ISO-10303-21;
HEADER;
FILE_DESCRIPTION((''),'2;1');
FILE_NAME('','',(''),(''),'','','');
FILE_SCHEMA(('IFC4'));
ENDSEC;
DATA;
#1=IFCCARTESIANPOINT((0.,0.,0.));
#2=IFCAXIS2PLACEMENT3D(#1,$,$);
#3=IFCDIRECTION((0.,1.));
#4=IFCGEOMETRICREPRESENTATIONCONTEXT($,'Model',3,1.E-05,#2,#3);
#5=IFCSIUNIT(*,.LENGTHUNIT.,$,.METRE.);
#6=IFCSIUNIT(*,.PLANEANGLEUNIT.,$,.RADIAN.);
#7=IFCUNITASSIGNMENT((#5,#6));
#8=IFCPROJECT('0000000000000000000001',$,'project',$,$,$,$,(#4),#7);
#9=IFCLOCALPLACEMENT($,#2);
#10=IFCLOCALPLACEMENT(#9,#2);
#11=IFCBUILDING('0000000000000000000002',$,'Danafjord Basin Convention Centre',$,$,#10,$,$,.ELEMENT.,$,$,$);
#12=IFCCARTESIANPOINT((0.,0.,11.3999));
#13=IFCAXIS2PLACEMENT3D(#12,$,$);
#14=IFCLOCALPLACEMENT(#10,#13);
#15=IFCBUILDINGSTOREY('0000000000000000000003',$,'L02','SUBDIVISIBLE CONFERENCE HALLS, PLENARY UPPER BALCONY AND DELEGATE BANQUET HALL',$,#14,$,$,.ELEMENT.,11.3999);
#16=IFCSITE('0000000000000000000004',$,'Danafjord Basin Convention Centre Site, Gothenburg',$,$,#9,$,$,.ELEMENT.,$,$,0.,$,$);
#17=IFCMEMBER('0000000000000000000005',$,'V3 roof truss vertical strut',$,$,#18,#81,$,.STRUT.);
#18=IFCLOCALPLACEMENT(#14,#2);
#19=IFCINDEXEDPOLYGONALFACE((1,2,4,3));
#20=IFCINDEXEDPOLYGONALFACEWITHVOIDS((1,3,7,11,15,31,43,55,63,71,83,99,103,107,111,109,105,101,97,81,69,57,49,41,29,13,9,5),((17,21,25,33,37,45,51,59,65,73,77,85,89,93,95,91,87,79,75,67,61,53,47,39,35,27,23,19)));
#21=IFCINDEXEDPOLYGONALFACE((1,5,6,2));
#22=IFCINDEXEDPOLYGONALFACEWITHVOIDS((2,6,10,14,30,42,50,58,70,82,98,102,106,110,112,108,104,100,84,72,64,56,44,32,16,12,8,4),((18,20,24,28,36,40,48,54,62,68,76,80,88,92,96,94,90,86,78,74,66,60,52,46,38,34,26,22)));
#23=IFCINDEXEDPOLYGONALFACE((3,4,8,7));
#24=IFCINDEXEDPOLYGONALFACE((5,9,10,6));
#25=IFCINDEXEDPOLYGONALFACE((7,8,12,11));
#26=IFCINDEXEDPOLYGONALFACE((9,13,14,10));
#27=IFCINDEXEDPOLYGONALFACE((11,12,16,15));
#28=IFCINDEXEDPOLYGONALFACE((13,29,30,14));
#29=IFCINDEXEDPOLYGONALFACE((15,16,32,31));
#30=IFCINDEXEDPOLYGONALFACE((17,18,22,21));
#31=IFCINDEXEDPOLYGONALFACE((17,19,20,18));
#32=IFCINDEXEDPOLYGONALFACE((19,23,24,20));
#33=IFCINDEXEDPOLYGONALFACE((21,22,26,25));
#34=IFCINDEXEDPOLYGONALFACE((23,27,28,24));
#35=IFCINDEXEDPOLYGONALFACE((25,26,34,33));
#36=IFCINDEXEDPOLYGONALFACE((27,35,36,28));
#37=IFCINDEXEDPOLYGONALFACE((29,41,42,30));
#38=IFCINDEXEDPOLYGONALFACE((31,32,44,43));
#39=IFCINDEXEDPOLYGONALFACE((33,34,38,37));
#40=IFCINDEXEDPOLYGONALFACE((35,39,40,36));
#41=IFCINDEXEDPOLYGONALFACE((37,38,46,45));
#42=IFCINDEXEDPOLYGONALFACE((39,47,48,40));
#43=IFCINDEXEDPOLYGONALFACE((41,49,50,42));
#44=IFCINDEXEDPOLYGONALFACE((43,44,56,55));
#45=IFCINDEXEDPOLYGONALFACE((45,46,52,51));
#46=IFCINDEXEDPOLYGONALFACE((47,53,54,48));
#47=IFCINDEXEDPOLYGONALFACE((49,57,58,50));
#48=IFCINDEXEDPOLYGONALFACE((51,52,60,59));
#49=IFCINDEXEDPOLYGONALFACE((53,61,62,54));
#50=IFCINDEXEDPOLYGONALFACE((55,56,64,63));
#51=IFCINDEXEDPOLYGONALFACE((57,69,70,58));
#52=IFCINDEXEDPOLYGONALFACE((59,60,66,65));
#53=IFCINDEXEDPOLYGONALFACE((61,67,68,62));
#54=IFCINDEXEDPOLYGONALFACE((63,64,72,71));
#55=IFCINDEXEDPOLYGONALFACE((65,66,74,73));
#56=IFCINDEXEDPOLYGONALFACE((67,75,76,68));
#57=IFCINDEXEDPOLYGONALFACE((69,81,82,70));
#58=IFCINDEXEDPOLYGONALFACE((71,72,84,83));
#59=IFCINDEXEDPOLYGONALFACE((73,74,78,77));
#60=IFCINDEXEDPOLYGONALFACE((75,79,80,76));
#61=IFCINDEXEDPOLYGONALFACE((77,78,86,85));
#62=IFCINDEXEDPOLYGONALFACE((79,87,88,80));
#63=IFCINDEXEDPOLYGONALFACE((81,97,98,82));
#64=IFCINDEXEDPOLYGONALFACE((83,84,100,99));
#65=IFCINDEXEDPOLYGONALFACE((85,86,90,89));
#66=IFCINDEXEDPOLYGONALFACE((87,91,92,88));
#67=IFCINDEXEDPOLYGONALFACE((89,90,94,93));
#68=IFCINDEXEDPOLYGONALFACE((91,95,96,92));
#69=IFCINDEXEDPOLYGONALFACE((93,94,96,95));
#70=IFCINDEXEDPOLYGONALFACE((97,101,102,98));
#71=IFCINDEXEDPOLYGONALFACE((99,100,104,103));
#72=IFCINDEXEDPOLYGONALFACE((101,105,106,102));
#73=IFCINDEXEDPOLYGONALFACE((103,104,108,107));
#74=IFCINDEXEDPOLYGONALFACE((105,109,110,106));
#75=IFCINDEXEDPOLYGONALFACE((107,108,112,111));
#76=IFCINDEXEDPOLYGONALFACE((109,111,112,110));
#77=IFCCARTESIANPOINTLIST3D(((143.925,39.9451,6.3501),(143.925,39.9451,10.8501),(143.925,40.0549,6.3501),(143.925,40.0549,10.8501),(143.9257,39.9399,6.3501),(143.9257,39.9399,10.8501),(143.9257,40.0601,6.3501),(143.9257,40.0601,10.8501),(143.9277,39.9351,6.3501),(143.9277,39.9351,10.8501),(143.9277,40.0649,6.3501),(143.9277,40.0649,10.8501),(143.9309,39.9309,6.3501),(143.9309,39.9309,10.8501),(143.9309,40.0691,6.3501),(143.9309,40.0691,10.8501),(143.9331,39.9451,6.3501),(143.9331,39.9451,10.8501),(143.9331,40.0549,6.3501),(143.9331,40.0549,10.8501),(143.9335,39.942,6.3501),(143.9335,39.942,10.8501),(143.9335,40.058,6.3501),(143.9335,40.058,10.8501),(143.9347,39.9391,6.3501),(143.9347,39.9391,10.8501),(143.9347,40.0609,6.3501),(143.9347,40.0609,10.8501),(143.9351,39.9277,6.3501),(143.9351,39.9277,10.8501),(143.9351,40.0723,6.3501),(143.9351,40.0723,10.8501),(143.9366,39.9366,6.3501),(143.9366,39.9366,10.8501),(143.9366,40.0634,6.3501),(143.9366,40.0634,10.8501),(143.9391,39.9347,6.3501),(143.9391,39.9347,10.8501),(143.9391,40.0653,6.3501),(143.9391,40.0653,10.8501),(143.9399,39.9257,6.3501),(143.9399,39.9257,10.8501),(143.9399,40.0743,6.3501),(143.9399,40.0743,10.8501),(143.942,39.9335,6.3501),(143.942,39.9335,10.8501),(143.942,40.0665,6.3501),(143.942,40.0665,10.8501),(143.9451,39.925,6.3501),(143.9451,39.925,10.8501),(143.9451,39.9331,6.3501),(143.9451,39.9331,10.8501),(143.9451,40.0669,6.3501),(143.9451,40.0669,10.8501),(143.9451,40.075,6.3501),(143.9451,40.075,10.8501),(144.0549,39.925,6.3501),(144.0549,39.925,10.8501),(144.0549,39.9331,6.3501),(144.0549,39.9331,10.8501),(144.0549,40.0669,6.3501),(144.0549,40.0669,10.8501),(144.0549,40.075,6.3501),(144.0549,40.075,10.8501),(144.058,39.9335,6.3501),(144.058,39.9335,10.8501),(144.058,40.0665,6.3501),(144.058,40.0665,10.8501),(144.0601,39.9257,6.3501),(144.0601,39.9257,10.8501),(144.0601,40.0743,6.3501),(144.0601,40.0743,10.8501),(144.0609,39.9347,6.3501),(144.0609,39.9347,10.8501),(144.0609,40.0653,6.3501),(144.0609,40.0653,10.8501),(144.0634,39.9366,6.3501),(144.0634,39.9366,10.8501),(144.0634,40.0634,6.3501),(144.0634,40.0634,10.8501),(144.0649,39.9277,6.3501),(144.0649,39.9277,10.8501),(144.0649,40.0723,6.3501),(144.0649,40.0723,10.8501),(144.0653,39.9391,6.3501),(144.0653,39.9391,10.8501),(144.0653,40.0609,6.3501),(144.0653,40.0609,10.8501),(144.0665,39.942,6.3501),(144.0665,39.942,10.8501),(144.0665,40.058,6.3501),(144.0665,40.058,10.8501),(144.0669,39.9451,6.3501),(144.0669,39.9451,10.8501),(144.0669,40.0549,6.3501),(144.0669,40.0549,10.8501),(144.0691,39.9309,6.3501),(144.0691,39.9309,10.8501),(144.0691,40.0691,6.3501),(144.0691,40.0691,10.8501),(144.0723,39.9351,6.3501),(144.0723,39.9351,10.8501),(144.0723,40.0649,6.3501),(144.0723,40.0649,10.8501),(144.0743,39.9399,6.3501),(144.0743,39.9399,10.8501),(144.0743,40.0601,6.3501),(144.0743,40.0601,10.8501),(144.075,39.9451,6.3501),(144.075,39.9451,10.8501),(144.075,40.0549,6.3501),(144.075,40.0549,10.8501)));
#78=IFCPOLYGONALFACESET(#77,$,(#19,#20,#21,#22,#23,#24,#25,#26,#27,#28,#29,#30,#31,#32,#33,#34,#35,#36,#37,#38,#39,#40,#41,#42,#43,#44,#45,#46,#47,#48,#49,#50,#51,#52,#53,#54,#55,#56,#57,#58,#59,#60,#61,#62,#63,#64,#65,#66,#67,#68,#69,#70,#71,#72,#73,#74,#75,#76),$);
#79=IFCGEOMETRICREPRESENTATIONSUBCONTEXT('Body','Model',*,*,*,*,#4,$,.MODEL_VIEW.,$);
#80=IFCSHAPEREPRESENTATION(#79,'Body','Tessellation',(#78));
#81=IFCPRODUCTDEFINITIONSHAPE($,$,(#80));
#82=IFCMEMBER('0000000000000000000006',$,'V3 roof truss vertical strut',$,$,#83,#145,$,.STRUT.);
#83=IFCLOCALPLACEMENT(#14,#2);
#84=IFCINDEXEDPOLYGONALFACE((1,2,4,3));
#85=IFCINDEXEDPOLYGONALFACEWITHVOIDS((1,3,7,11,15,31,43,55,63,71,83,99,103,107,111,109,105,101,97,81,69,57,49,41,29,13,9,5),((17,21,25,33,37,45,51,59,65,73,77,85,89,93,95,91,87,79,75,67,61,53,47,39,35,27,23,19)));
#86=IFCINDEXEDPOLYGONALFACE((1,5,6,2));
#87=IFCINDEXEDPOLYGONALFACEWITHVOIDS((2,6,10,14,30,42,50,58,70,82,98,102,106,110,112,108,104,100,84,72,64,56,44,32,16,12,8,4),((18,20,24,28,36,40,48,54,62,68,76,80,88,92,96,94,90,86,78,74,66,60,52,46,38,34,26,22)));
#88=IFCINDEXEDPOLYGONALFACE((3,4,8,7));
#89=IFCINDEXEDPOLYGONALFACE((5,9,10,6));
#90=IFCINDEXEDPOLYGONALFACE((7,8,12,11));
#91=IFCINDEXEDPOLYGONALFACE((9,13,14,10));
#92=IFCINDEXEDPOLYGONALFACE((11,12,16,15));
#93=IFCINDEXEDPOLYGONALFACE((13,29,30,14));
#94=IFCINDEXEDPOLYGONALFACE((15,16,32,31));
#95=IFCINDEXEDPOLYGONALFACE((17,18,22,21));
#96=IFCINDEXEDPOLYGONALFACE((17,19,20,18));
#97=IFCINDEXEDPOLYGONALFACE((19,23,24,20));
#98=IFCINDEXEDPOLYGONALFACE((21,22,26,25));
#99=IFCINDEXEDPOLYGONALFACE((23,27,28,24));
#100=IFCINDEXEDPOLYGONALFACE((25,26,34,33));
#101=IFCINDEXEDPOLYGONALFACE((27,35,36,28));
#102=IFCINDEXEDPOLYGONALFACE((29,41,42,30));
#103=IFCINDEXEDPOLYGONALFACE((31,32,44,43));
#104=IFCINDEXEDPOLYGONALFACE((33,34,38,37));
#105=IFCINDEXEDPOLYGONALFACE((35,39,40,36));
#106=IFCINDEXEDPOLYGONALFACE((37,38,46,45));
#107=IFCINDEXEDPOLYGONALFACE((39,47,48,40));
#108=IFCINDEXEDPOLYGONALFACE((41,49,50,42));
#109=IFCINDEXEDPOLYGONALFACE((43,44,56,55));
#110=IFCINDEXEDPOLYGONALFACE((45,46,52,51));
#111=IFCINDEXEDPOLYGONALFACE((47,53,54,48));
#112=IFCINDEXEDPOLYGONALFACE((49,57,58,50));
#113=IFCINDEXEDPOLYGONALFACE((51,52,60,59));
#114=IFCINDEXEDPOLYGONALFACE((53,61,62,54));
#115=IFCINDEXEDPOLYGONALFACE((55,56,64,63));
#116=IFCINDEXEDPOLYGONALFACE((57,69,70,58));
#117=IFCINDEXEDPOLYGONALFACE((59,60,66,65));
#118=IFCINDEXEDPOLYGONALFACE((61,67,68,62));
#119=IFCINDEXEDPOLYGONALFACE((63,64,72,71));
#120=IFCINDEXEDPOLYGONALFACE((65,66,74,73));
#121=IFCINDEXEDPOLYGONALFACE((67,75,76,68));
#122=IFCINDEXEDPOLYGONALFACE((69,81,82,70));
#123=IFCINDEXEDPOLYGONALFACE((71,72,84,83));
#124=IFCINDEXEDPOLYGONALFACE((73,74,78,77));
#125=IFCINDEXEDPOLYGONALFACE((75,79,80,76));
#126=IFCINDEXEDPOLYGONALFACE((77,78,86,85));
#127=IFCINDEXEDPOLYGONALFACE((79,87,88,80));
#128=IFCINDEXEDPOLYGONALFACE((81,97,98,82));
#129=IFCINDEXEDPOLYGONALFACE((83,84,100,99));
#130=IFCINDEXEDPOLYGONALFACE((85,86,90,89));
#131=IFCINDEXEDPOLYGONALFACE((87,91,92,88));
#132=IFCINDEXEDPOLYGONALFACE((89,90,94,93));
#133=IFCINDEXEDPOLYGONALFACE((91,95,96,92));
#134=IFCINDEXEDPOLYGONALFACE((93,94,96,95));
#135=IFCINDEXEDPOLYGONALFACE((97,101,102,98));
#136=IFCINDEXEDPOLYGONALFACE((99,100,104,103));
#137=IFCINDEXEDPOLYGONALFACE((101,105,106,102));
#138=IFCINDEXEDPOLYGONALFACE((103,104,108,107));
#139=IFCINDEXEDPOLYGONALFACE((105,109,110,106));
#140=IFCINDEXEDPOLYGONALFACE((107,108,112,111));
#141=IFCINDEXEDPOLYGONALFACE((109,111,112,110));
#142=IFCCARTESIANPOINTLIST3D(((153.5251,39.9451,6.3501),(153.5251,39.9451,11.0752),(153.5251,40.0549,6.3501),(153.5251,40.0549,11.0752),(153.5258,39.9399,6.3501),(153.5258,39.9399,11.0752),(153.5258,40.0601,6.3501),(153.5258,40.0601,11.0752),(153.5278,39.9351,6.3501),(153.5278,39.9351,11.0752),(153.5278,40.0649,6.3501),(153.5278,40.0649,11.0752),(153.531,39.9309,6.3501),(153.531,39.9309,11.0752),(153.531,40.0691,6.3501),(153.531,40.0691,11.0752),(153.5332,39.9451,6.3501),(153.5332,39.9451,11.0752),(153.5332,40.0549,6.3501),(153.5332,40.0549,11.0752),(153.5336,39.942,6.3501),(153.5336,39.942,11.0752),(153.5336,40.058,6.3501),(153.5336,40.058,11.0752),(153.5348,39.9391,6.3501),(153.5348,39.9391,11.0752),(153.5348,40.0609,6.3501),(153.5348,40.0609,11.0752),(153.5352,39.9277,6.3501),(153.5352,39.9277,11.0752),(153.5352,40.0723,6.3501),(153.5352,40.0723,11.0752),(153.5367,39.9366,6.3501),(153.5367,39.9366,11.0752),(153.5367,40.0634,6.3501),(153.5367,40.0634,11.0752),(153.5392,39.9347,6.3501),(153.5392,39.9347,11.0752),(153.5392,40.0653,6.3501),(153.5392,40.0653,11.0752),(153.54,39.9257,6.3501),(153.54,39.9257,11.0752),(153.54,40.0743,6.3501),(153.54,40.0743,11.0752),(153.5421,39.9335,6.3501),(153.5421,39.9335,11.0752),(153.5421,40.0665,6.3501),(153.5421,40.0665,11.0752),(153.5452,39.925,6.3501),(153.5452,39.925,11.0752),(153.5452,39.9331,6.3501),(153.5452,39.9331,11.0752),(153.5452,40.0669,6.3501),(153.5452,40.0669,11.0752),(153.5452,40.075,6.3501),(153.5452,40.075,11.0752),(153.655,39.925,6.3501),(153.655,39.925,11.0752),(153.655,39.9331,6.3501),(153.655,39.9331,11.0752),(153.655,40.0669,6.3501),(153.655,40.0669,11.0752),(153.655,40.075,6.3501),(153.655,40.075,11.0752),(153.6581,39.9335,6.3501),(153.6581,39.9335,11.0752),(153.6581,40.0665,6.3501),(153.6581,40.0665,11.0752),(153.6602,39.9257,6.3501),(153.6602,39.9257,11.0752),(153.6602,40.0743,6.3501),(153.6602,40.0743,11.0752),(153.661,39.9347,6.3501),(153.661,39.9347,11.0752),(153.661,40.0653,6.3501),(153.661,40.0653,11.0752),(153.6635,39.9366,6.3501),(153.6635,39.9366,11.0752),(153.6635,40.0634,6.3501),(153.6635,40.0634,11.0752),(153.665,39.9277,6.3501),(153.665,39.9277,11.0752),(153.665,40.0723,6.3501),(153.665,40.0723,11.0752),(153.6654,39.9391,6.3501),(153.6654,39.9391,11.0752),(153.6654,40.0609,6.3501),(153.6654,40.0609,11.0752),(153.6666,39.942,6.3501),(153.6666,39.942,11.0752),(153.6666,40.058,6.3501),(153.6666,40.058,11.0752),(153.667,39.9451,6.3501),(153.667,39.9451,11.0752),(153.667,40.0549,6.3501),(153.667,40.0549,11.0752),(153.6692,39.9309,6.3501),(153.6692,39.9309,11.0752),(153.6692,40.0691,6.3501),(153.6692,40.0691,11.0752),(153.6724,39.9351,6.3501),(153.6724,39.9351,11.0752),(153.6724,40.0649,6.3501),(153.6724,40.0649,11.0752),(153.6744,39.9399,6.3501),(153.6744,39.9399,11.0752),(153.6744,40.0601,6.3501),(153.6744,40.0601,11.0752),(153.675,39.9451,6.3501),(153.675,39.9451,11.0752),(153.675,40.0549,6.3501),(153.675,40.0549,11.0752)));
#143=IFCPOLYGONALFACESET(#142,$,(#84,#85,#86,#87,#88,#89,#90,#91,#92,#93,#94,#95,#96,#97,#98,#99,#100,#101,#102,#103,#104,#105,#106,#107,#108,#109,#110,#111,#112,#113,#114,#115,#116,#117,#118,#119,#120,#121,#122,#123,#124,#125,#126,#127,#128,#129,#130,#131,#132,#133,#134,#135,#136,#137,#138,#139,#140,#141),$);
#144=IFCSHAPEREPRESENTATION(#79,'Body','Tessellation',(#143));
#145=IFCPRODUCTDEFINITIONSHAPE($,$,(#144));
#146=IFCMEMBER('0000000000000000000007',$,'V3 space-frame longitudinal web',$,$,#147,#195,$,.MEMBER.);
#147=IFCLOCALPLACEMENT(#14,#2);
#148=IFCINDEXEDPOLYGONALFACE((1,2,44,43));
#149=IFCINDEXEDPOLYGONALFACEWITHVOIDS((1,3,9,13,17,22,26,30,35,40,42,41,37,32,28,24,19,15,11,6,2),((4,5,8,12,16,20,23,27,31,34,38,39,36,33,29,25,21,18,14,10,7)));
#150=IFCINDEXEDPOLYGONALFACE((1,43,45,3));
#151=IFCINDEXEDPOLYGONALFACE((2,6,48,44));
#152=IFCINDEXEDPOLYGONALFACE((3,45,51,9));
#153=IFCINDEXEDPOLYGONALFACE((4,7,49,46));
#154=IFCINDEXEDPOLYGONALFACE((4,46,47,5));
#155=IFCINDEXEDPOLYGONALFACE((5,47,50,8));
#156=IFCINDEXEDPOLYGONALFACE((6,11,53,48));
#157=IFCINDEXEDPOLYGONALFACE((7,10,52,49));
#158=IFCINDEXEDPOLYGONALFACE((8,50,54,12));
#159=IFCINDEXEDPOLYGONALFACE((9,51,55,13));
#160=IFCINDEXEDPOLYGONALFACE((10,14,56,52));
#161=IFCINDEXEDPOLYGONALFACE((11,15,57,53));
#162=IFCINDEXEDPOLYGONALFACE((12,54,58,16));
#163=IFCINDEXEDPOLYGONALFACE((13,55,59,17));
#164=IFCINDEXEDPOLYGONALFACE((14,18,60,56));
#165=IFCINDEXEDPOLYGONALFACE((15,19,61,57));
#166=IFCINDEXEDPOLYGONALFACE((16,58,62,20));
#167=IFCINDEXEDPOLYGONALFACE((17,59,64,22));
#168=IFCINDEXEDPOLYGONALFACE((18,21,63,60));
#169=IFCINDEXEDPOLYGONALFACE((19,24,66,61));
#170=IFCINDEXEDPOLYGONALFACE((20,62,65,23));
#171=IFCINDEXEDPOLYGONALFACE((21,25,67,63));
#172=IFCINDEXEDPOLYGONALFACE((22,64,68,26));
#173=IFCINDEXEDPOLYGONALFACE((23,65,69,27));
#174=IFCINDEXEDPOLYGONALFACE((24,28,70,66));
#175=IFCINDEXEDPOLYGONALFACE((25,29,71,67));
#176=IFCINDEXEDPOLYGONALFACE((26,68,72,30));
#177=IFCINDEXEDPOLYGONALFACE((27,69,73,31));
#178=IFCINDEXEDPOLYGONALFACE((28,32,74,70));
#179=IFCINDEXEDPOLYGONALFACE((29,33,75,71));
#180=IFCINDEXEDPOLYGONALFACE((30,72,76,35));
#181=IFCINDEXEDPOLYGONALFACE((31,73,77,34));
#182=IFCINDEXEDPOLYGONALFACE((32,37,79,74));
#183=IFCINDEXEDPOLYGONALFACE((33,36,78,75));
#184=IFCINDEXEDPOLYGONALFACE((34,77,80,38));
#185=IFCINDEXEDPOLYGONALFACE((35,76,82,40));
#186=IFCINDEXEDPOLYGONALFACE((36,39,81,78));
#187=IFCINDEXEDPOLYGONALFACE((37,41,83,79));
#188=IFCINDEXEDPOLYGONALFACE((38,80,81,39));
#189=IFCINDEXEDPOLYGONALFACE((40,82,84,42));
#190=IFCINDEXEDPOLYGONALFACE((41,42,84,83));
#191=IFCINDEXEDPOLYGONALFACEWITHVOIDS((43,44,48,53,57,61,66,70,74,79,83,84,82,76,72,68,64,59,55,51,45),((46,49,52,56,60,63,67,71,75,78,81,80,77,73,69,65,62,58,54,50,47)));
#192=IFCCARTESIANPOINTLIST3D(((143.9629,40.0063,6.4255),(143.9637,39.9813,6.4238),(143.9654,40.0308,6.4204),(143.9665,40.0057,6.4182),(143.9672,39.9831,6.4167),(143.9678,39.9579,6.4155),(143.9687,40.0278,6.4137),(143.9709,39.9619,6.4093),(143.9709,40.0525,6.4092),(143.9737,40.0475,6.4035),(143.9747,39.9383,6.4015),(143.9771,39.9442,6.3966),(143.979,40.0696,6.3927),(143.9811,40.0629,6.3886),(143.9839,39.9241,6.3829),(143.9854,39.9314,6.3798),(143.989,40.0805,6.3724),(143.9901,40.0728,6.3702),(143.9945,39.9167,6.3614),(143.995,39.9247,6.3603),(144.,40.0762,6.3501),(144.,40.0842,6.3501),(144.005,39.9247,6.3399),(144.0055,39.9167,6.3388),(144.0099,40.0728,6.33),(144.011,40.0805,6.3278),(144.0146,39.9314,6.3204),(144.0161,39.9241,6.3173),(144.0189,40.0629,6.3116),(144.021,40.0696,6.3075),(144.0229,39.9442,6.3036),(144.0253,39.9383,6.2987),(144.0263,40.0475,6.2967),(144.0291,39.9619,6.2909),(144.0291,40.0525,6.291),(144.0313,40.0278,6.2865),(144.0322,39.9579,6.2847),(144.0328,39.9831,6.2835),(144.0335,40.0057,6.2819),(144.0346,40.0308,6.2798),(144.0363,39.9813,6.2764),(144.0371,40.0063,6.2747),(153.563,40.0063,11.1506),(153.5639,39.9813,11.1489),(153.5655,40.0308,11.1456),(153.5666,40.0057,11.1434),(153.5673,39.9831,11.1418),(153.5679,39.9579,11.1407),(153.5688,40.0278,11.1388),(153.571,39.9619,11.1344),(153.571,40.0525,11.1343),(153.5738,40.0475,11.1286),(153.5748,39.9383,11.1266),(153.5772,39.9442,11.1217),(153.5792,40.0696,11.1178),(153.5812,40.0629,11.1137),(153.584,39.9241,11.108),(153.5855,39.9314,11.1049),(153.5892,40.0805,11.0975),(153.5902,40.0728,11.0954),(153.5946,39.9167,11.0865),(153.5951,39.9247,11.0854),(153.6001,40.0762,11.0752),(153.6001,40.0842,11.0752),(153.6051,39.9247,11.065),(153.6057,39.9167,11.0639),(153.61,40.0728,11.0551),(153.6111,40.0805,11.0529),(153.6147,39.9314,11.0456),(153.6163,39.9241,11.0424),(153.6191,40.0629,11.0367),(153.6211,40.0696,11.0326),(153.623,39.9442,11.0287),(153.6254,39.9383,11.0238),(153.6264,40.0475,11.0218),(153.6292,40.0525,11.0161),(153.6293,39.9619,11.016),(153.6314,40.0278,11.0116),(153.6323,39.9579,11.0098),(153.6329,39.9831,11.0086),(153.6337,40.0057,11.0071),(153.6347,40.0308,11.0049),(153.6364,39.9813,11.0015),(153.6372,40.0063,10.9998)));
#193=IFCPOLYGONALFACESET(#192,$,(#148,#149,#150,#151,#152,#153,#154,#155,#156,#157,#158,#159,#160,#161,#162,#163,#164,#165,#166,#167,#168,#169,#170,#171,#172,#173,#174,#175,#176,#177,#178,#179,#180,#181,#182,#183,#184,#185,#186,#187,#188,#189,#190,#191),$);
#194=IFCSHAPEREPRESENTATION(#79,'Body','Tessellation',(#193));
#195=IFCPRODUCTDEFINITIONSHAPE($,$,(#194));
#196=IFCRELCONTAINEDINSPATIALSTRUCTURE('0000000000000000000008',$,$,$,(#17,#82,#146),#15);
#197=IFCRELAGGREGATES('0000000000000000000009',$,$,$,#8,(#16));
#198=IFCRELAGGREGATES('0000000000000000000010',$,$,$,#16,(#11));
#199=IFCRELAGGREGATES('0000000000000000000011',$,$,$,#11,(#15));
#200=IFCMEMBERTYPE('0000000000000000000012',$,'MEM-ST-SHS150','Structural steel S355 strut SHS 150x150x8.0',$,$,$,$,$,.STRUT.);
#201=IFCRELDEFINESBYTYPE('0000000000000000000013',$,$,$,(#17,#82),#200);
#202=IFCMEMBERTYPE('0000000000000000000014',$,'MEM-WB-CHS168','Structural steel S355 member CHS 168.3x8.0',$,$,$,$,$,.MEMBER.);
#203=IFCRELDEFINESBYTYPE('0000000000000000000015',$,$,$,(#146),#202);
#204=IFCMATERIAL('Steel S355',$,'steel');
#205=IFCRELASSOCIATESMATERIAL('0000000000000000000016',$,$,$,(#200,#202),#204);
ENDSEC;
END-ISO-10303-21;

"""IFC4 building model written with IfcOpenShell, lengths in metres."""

from ifc_helpers import new_model, si_unit, direction, frame, origin, origin_2d, place, context, subcontext, project, spatial, hollow_rectangle, hollow_circle, extrude, material, material_profile, profile_set, type_object, element, save


model = new_model("IFC4")

# Units and contexts
model_context = context("Model", 3, precision=1e-05, world=origin(), true_north=direction((0.0, 1.0)))
body_context = subcontext(model_context, "Body", "Model", "MODEL_VIEW")
ifc_project = project(units=[si_unit("LENGTHUNIT", "METRE"), si_unit("PLANEANGLEUNIT", "RADIAN")], contexts=[model_context])

# Site, building, storey
site_placement = place(None, origin())
site = spatial("IfcSite", under=ifc_project, at=site_placement, Name="Danafjord Basin Convention Centre Site, Gothenburg", CompositionType="ELEMENT", RefElevation=0.0)
building_placement = place(site_placement, origin())
building = spatial("IfcBuilding", under=site, at=building_placement, Name="Danafjord Basin Convention Centre", CompositionType="ELEMENT")
storey_placement = place(building_placement, frame((0.0, 0.0, 11.3999)))
storey = spatial("IfcBuildingStorey", under=building, at=storey_placement, Name="L02", Description="SUBDIVISIBLE CONFERENCE HALLS, PLENARY UPPER BALCONY AND DELEGATE BANQUET HALL", CompositionType="ELEMENT", Elevation=11.3999)

# Shared definitions
ifc_material_1 = material(Name="Steel S355", Category="steel")

# Members
ifc_material_profile_1 = material_profile(ifc_material_1, hollow_rectangle(XDim=0.1499, YDim=0.1499, WallThickness=0.0081, InnerFilletRadius=0.012, OuterFilletRadius=0.02, at=origin_2d()), Name="SHS 150x150x8.0")
ifc_profile_set_1 = profile_set([ifc_material_profile_1], Name="Steel S355")
member_type_1 = type_object("IfcMemberType", Name="MEM-ST-SHS150", Description="Structural steel S355 strut SHS 150x150x8.0", PredefinedType="STRUT", material=ifc_profile_set_1)
member_1_placement = place(storey_placement, frame((144.0, 40.0, 6.3501), z_axis=(0.0, 0.0, 1.0), x_axis=(1.0, 0.0, 0.0)))
element("IfcMember", 1, at=member_1_placement, inside=storey, type_object=member_type_1, Name="V3 roof truss vertical strut", PredefinedType="STRUT", context=body_context, shape_type="SweptSolid", body=[
    extrude(hollow_rectangle(XDim=0.1499, YDim=0.1499, WallThickness=0.0081, InnerFilletRadius=0.012, OuterFilletRadius=0.02, at=origin_2d()), origin(), (0.0, 0.0, 1.0), 4.5),
])
member_2_placement = place(storey_placement, frame((153.6001, 40.0, 6.3501), z_axis=(0.0, 0.0, 1.0), x_axis=(1.0, 0.0, 0.0)))
element("IfcMember", 2, at=member_2_placement, inside=storey, type_object=member_type_1, Name="V3 roof truss vertical strut", PredefinedType="STRUT", context=body_context, shape_type="SweptSolid", body=[
    extrude(hollow_rectangle(XDim=0.1499, YDim=0.1499, WallThickness=0.0081, InnerFilletRadius=0.012, OuterFilletRadius=0.02, at=origin_2d()), origin(), (0.0, 0.0, 1.0), 4.7251),
])
ifc_material_profile_2 = material_profile(ifc_material_1, hollow_circle(Radius=0.0842, WallThickness=0.0081, at=origin_2d()), Name="CHS 168.3x8.0")
ifc_profile_set_2 = profile_set([ifc_material_profile_2], Name="Steel S355")
member_type_2 = type_object("IfcMemberType", Name="MEM-WB-CHS168", Description="Structural steel S355 member CHS 168.3x8.0", PredefinedType="MEMBER", material=ifc_profile_set_2)
member_3_placement = place(storey_placement, frame((144.0, 40.0, 6.3501), z_axis=(0.897212, 0.0, 0.441601), x_axis=(0.0, 1.0, 0.0)))
element("IfcMember", 3, at=member_3_placement, inside=storey, type_object=member_type_2, Name="V3 space-frame longitudinal web", PredefinedType="MEMBER", context=body_context, shape_type="SweptSolid", body=[
    extrude(hollow_circle(Radius=0.0842, WallThickness=0.0081, at=origin_2d()), origin(), (0.0, 0.0, 1.0), 10.7),
])

save(model, "model.ifc")
